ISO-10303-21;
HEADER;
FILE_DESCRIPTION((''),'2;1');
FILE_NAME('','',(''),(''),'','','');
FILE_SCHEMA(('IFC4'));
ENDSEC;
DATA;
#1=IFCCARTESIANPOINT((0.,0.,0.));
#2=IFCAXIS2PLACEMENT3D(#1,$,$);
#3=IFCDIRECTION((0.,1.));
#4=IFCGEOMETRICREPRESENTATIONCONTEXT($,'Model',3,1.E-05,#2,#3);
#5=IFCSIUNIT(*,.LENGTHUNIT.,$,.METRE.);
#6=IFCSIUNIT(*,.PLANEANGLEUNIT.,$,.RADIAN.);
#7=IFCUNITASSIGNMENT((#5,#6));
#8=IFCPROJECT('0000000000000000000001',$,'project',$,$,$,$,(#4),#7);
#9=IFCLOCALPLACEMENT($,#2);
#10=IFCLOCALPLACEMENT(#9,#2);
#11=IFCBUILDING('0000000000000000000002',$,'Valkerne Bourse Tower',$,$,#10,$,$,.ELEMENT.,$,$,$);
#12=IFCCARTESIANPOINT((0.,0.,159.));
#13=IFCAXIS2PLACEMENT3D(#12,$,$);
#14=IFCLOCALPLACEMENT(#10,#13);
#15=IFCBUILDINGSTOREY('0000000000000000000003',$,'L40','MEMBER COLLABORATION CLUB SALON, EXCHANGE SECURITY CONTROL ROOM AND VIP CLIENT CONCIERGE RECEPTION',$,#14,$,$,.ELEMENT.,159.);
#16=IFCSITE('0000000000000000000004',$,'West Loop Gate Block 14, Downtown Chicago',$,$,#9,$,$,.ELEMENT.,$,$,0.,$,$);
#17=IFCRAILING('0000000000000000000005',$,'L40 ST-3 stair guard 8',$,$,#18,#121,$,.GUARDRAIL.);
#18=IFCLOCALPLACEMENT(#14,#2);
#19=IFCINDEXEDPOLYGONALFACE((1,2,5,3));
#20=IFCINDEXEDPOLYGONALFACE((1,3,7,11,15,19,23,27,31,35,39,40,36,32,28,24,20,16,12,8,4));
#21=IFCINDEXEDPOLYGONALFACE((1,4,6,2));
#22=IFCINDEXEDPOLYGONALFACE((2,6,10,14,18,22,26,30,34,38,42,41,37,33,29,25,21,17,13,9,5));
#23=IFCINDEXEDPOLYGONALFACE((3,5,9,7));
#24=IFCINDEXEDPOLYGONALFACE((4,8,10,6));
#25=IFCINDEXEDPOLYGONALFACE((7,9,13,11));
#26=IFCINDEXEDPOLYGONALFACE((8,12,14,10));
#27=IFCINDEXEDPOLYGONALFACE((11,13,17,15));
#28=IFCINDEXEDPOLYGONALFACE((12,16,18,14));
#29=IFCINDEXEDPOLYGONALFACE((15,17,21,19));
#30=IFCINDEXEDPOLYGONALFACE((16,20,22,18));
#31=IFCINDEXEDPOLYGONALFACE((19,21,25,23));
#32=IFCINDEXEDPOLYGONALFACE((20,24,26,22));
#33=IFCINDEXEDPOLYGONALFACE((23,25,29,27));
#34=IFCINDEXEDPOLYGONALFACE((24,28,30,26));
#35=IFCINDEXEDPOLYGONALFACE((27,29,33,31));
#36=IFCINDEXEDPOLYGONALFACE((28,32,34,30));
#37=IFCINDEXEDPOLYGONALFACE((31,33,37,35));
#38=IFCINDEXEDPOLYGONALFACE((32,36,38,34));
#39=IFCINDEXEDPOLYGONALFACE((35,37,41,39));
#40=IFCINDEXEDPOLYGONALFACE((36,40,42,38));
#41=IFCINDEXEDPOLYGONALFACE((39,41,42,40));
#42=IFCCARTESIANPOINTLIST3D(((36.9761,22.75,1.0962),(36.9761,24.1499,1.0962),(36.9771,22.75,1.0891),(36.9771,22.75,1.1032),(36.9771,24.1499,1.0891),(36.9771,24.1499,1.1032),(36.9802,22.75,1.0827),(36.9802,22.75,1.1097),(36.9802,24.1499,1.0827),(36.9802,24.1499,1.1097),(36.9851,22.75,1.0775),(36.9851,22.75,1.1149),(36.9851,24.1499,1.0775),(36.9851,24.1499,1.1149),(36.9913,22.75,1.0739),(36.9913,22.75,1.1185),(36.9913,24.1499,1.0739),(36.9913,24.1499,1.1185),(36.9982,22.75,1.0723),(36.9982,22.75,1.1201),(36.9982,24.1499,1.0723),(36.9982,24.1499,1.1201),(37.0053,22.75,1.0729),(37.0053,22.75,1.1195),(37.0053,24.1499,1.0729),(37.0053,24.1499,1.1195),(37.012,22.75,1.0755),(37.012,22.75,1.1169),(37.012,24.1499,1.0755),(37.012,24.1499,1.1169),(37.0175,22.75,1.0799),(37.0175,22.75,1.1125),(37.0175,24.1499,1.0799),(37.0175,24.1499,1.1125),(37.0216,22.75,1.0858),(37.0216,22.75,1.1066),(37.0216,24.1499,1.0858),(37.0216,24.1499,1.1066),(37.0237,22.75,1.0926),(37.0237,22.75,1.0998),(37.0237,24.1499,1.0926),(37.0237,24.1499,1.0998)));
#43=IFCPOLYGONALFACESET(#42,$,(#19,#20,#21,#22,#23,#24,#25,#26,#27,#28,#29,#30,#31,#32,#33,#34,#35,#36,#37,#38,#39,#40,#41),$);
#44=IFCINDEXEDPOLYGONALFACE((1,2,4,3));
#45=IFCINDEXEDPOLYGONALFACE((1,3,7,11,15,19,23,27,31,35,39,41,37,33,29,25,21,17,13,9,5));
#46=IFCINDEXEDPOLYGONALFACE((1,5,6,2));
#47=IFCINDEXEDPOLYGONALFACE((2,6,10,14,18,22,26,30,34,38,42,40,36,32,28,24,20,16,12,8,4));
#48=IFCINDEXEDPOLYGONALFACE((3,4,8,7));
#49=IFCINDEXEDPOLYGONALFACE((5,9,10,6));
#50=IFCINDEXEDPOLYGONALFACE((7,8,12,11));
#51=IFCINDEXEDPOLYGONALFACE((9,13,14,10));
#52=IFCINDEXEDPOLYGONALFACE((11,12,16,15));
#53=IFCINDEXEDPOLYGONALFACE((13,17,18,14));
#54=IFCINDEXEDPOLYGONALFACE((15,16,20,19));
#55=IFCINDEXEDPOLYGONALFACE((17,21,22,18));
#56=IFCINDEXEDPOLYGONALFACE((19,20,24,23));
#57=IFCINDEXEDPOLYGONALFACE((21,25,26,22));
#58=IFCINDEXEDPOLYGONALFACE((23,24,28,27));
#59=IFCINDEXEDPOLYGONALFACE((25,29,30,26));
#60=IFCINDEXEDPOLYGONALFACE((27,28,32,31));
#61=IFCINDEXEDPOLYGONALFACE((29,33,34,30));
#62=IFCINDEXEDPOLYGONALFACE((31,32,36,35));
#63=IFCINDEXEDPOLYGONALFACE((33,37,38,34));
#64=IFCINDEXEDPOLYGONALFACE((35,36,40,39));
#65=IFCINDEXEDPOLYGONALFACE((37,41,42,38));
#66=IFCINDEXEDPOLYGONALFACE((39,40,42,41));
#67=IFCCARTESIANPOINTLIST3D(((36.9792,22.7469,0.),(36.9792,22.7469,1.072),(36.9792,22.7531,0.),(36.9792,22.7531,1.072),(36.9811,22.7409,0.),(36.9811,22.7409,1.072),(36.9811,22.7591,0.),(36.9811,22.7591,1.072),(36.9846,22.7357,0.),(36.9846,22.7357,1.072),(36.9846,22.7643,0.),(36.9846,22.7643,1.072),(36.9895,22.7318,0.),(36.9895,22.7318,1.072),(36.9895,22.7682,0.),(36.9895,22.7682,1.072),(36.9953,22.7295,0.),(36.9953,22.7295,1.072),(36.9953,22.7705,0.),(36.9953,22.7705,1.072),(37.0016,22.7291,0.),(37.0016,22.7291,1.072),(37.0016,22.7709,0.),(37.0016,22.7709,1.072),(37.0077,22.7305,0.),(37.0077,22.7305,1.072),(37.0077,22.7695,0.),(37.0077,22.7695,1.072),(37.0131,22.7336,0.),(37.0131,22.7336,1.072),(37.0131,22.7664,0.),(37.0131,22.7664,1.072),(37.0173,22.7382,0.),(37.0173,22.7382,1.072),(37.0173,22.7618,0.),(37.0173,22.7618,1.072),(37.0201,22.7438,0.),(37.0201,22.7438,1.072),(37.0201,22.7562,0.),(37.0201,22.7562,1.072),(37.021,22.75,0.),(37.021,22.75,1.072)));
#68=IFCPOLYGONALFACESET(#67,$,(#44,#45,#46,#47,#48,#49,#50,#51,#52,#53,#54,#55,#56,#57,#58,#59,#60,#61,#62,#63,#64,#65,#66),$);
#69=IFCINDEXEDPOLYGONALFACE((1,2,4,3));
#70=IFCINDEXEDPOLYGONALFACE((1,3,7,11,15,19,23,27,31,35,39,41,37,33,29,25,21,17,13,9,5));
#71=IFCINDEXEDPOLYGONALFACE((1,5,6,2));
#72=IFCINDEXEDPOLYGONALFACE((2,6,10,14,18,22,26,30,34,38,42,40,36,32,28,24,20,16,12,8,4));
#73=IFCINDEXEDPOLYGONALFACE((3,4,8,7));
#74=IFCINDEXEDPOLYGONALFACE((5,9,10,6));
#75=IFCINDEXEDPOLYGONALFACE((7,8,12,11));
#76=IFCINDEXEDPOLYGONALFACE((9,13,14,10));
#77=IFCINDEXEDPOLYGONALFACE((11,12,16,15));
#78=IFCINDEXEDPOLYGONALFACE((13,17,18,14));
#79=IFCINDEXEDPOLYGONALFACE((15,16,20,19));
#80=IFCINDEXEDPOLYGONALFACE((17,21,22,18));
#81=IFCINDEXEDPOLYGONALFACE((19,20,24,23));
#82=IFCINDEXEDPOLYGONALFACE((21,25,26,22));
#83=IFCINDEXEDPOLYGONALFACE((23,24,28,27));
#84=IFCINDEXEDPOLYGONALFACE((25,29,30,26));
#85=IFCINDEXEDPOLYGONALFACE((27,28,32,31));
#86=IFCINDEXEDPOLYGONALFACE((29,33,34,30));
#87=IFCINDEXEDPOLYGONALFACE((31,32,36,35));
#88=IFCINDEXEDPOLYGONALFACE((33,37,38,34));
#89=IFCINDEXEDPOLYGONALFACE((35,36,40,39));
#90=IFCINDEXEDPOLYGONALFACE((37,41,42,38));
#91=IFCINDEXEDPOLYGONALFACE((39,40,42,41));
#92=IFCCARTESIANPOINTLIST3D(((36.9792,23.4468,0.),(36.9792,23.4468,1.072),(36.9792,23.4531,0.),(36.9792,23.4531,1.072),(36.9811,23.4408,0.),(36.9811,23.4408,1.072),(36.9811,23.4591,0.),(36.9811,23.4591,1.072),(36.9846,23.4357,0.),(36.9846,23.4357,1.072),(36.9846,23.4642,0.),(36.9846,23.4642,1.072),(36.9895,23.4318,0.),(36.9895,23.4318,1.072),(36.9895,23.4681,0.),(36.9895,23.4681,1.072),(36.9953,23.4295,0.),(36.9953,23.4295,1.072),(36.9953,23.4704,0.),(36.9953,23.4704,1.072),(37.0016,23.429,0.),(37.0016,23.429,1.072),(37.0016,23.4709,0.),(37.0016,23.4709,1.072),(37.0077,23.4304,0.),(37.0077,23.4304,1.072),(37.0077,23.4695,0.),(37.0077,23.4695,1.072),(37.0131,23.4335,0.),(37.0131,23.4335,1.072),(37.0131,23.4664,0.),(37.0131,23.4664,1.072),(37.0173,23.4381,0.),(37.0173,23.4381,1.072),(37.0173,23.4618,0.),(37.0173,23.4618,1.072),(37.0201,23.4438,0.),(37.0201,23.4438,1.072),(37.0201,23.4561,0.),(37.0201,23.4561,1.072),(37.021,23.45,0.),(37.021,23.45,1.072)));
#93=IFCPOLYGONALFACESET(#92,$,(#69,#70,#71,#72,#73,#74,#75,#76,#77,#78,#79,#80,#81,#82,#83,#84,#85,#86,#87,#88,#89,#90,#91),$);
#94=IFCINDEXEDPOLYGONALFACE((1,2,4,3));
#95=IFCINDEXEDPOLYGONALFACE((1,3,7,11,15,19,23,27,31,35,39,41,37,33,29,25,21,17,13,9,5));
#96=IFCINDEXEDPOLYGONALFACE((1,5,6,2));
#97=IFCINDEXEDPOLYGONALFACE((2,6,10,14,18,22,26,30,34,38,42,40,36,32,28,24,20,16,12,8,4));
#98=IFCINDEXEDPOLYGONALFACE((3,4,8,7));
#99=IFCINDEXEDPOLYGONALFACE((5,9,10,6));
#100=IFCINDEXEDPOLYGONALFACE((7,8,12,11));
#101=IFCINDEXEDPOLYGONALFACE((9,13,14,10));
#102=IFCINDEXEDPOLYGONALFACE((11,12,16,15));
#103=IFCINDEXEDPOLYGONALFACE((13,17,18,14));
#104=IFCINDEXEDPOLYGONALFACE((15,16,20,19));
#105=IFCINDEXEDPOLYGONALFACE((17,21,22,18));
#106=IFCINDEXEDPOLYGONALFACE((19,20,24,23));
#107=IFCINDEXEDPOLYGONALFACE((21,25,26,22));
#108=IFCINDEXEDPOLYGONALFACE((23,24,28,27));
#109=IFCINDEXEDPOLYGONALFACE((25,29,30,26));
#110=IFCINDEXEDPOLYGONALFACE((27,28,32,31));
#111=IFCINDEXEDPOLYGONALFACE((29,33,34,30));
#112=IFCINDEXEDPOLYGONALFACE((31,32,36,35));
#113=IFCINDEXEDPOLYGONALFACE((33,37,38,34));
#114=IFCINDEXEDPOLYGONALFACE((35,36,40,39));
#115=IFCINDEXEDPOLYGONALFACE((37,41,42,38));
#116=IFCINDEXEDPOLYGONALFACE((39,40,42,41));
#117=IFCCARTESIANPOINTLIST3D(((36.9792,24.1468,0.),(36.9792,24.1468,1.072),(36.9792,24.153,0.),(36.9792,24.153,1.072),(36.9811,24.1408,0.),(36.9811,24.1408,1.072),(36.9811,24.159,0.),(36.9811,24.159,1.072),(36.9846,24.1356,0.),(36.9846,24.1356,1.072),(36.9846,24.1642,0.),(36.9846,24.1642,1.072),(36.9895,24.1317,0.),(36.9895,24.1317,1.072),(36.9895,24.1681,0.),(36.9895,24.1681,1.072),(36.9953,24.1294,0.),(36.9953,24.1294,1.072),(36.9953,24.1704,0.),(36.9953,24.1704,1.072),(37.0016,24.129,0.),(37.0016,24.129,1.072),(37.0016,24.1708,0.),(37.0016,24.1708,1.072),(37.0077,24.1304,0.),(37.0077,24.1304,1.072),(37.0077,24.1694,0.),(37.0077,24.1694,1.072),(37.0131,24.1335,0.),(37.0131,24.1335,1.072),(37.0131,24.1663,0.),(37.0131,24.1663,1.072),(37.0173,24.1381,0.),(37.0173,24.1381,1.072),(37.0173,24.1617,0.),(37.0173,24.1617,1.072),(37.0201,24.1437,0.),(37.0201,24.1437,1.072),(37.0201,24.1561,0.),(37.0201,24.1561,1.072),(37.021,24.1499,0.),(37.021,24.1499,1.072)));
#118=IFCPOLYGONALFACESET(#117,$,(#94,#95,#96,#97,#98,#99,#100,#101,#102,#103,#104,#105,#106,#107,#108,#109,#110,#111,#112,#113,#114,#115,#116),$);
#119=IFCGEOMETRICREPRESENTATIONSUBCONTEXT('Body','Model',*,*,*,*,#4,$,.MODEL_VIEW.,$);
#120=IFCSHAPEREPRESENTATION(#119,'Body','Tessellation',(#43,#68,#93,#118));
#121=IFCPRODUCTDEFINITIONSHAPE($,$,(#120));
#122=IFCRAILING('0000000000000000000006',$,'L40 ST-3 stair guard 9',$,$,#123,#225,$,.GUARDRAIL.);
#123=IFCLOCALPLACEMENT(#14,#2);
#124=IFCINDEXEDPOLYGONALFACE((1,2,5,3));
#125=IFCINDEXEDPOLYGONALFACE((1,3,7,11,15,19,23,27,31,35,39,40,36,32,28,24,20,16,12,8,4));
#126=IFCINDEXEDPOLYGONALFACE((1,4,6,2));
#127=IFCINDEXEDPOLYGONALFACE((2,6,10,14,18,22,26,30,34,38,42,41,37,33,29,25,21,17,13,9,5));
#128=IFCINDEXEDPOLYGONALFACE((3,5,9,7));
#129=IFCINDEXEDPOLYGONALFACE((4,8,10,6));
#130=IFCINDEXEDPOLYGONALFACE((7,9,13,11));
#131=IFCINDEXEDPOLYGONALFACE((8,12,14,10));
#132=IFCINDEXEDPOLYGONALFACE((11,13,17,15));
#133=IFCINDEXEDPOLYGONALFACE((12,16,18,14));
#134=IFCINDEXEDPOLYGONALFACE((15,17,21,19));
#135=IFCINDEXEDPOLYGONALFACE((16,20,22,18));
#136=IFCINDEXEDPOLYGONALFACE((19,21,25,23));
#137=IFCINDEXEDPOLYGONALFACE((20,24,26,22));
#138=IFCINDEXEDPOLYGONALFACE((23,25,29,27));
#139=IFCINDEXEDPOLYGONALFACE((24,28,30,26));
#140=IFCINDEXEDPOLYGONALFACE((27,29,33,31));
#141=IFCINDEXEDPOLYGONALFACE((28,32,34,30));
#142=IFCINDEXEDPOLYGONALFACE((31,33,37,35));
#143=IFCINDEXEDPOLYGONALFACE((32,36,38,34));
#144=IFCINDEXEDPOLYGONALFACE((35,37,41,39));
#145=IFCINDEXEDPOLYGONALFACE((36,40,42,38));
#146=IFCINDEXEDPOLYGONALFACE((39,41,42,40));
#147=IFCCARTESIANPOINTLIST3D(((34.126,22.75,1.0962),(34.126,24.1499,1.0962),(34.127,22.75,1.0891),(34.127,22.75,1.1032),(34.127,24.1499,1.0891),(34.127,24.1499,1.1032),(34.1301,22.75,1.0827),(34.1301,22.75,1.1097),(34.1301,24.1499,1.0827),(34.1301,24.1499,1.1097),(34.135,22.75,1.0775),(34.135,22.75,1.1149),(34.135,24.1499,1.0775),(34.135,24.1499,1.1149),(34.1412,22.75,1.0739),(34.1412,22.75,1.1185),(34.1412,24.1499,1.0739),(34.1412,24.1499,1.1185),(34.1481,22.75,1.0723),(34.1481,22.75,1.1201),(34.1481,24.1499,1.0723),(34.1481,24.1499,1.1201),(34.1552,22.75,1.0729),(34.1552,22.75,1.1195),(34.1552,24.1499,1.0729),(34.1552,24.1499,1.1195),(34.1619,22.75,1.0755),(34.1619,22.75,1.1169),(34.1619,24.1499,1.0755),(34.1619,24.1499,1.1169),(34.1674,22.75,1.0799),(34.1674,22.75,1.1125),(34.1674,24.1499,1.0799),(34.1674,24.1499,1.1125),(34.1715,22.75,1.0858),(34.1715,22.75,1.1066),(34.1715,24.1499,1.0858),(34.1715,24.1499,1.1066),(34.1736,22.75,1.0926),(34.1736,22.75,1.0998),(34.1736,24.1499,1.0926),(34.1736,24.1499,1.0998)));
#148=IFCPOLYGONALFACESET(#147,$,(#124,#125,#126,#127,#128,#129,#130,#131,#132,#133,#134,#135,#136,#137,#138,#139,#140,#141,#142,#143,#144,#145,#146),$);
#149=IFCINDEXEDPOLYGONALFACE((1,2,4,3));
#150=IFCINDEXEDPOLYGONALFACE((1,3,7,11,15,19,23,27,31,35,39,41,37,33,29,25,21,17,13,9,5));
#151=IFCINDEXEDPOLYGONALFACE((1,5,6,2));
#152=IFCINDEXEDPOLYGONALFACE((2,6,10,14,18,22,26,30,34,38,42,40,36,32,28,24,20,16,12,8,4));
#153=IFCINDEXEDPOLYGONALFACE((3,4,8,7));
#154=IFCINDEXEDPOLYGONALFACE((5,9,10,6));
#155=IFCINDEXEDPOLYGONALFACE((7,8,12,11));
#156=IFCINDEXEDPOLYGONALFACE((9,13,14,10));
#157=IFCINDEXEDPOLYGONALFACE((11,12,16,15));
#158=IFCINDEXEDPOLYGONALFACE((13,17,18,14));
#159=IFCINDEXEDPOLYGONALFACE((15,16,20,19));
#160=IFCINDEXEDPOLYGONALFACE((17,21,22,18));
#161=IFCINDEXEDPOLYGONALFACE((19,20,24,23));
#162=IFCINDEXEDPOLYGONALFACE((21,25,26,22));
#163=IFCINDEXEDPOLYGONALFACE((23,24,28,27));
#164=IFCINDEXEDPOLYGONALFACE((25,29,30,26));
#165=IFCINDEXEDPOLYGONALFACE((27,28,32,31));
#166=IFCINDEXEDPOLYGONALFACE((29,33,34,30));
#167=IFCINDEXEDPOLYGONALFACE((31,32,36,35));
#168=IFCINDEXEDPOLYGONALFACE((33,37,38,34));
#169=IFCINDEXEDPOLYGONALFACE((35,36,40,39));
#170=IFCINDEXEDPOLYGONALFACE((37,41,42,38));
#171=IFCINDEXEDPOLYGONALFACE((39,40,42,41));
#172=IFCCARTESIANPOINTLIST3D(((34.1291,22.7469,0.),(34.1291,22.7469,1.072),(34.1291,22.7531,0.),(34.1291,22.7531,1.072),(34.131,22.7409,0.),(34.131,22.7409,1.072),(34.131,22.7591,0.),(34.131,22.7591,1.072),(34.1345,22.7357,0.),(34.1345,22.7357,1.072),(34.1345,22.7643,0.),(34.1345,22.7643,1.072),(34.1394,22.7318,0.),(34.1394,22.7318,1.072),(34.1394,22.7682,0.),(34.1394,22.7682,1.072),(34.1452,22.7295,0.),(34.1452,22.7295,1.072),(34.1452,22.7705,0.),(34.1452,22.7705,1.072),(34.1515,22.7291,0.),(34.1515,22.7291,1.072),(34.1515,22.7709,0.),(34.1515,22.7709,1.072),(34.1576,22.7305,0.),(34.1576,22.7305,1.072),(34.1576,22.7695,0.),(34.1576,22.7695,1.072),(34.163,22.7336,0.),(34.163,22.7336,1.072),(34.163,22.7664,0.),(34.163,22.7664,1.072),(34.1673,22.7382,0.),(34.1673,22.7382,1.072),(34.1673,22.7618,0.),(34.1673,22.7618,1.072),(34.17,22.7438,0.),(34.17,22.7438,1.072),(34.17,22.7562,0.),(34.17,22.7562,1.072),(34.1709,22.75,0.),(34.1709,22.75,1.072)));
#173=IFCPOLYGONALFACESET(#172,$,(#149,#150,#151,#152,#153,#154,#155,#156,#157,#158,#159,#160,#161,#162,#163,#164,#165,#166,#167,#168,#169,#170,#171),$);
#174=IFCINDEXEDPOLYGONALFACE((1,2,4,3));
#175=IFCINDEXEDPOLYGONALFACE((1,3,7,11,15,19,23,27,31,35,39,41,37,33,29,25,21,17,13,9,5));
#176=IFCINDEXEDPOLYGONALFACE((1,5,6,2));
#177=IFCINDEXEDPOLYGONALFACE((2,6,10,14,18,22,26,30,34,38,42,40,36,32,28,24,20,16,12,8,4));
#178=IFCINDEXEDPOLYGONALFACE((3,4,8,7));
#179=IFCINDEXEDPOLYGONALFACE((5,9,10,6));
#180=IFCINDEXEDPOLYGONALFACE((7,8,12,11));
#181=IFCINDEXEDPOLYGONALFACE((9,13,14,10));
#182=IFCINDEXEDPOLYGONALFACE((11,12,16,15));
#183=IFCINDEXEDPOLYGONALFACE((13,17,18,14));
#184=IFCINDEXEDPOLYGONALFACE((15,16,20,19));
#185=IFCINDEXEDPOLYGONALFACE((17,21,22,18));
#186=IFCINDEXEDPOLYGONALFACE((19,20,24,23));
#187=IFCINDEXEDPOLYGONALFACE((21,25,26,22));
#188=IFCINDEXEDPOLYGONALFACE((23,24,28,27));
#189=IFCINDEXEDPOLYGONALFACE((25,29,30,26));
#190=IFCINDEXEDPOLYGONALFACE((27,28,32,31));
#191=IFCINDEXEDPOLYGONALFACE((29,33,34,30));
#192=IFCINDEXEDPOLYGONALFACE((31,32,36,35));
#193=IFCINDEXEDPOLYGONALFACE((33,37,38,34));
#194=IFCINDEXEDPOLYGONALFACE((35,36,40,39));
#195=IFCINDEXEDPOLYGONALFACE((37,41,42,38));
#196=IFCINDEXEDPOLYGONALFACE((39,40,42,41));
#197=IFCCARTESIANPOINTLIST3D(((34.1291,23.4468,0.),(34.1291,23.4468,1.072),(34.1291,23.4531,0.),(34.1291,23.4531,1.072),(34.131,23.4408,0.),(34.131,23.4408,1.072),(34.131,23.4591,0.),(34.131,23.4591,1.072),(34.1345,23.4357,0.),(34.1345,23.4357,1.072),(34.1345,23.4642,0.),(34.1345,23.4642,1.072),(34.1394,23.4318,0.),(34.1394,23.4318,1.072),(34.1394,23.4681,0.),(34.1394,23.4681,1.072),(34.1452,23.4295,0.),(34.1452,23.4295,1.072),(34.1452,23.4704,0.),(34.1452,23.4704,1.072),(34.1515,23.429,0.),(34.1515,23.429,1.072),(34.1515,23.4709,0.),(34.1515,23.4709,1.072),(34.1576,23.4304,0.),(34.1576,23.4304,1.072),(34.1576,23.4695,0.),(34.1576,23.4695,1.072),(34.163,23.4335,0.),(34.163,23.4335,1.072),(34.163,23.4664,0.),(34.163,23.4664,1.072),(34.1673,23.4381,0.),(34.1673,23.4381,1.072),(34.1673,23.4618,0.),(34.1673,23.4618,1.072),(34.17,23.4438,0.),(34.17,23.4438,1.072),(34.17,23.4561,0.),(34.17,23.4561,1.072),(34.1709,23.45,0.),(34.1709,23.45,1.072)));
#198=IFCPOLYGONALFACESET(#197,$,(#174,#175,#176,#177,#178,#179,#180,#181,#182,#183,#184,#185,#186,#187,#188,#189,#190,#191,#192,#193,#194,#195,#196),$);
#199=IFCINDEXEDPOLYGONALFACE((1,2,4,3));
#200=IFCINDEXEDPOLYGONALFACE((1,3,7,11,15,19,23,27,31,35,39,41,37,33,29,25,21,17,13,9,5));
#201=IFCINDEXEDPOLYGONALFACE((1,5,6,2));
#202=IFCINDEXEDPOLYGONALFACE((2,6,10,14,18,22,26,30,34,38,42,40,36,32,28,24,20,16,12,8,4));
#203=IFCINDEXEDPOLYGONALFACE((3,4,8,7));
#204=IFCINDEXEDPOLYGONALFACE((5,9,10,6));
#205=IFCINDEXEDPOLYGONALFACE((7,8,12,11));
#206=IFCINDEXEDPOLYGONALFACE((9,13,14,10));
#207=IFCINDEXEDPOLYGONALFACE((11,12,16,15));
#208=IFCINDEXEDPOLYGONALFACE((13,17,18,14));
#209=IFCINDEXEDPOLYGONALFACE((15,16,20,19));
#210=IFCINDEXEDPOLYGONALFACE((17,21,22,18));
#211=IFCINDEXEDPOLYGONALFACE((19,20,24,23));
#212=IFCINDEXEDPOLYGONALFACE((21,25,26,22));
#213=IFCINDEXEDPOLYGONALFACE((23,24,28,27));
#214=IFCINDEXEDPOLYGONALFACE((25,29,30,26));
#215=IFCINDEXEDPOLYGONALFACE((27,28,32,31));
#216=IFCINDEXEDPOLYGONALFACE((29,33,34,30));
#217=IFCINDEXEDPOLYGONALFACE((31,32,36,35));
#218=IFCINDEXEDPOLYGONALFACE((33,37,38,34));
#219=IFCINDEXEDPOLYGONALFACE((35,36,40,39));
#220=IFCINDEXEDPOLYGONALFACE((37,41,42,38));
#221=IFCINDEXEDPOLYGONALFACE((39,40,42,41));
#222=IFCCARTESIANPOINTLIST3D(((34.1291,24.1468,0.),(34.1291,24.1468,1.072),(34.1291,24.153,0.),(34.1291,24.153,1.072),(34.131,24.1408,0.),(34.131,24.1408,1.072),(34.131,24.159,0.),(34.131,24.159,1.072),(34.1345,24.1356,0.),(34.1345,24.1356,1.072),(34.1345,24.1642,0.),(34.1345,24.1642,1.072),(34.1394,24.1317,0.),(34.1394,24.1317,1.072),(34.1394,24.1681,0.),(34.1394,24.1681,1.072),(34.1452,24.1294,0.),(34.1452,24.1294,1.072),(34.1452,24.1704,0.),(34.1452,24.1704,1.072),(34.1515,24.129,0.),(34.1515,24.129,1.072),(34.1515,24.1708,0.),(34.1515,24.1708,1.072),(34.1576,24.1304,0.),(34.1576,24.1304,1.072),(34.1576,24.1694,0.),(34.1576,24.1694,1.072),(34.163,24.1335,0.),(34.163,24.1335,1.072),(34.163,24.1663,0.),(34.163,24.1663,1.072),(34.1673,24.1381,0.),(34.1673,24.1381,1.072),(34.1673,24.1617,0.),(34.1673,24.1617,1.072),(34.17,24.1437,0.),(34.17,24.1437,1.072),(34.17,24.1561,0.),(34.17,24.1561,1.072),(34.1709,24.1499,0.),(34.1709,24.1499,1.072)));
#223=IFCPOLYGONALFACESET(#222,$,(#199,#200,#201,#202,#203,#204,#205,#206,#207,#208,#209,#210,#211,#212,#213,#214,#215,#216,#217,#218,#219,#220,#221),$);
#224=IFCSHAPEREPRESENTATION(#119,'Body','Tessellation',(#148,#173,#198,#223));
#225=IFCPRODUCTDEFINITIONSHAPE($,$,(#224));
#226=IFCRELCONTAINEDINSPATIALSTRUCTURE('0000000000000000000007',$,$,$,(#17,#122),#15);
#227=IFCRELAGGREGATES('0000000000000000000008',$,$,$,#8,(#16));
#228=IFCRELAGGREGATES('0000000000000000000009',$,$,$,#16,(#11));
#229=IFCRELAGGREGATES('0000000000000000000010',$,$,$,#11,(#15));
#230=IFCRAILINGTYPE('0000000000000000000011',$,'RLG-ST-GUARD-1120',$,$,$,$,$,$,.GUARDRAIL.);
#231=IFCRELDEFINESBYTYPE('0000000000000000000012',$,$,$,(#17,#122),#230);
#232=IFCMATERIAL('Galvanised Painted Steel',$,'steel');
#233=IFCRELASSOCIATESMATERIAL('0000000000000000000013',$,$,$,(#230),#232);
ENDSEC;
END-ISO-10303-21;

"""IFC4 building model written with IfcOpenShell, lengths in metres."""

from ifc_helpers import new_model, si_unit, direction, frame, origin, origin_2d, place, context, subcontext, project, spatial, circle, extrude, material, type_object, element, save


model = new_model("IFC4")

# Units and contexts
model_context = context("Model", 3, precision=1e-05, world=origin(), true_north=direction((0.0, 1.0)))
body_context = subcontext(model_context, "Body", "Model", "MODEL_VIEW")
ifc_project = project(units=[si_unit("LENGTHUNIT", "METRE"), si_unit("PLANEANGLEUNIT", "RADIAN")], contexts=[model_context])

# Site, building, storey
site_placement = place(None, origin())
site = spatial("IfcSite", under=ifc_project, at=site_placement, Name="West Loop Gate Block 14, Downtown Chicago", CompositionType="ELEMENT", RefElevation=0.0)
building_placement = place(site_placement, origin())
building = spatial("IfcBuilding", under=site, at=building_placement, Name="Valkerne Bourse Tower", CompositionType="ELEMENT")
storey_placement = place(building_placement, frame((0.0, 0.0, 159.0)))
storey = spatial("IfcBuildingStorey", under=building, at=storey_placement, Name="L40", Description="MEMBER COLLABORATION CLUB SALON, EXCHANGE SECURITY CONTROL ROOM AND VIP CLIENT CONCIERGE RECEPTION", CompositionType="ELEMENT", Elevation=159.0)

# Shared definitions
ifc_material_1 = material(Name="Galvanised Painted Steel", Category="steel")

# Railings
railing_type = type_object("IfcRailingType", Name="RLG-ST-GUARD-1120", PredefinedType="GUARDRAIL", material=ifc_material_1)
for number, where, name in (
    (1, (37.0, 22.75, 0.0), "L40 ST-3 stair guard 8"),
    (2, (34.1499, 22.75, 0.0), "L40 ST-3 stair guard 9"),
):
    element("IfcRailing", number, at=place(storey_placement, frame(where)), inside=storey, type_object=railing_type, Name=name, PredefinedType="GUARDRAIL", context=body_context, shape_type="SweptSolid", body=[
        extrude(circle(Radius=0.0239, at=origin_2d()), frame((0.0, 0.0, 1.0962), z_axis=(0.0, 1.0, 0.0), x_axis=(-1.0, 0.0, 0.0)), (0.0, 0.0, 1.0), 1.3999),
        extrude(circle(Radius=0.021, at=origin_2d()), origin(), (0.0, 0.0, 1.0), 1.072),
        extrude(circle(Radius=0.021, at=origin_2d()), frame((0.0, 0.7, 0.0)), (0.0, 0.0, 1.0), 1.072),
        extrude(circle(Radius=0.021, at=origin_2d()), frame((0.0, 1.3999, 0.0)), (0.0, 0.0, 1.0), 1.072),
    ])

save(model, "model.ifc")
